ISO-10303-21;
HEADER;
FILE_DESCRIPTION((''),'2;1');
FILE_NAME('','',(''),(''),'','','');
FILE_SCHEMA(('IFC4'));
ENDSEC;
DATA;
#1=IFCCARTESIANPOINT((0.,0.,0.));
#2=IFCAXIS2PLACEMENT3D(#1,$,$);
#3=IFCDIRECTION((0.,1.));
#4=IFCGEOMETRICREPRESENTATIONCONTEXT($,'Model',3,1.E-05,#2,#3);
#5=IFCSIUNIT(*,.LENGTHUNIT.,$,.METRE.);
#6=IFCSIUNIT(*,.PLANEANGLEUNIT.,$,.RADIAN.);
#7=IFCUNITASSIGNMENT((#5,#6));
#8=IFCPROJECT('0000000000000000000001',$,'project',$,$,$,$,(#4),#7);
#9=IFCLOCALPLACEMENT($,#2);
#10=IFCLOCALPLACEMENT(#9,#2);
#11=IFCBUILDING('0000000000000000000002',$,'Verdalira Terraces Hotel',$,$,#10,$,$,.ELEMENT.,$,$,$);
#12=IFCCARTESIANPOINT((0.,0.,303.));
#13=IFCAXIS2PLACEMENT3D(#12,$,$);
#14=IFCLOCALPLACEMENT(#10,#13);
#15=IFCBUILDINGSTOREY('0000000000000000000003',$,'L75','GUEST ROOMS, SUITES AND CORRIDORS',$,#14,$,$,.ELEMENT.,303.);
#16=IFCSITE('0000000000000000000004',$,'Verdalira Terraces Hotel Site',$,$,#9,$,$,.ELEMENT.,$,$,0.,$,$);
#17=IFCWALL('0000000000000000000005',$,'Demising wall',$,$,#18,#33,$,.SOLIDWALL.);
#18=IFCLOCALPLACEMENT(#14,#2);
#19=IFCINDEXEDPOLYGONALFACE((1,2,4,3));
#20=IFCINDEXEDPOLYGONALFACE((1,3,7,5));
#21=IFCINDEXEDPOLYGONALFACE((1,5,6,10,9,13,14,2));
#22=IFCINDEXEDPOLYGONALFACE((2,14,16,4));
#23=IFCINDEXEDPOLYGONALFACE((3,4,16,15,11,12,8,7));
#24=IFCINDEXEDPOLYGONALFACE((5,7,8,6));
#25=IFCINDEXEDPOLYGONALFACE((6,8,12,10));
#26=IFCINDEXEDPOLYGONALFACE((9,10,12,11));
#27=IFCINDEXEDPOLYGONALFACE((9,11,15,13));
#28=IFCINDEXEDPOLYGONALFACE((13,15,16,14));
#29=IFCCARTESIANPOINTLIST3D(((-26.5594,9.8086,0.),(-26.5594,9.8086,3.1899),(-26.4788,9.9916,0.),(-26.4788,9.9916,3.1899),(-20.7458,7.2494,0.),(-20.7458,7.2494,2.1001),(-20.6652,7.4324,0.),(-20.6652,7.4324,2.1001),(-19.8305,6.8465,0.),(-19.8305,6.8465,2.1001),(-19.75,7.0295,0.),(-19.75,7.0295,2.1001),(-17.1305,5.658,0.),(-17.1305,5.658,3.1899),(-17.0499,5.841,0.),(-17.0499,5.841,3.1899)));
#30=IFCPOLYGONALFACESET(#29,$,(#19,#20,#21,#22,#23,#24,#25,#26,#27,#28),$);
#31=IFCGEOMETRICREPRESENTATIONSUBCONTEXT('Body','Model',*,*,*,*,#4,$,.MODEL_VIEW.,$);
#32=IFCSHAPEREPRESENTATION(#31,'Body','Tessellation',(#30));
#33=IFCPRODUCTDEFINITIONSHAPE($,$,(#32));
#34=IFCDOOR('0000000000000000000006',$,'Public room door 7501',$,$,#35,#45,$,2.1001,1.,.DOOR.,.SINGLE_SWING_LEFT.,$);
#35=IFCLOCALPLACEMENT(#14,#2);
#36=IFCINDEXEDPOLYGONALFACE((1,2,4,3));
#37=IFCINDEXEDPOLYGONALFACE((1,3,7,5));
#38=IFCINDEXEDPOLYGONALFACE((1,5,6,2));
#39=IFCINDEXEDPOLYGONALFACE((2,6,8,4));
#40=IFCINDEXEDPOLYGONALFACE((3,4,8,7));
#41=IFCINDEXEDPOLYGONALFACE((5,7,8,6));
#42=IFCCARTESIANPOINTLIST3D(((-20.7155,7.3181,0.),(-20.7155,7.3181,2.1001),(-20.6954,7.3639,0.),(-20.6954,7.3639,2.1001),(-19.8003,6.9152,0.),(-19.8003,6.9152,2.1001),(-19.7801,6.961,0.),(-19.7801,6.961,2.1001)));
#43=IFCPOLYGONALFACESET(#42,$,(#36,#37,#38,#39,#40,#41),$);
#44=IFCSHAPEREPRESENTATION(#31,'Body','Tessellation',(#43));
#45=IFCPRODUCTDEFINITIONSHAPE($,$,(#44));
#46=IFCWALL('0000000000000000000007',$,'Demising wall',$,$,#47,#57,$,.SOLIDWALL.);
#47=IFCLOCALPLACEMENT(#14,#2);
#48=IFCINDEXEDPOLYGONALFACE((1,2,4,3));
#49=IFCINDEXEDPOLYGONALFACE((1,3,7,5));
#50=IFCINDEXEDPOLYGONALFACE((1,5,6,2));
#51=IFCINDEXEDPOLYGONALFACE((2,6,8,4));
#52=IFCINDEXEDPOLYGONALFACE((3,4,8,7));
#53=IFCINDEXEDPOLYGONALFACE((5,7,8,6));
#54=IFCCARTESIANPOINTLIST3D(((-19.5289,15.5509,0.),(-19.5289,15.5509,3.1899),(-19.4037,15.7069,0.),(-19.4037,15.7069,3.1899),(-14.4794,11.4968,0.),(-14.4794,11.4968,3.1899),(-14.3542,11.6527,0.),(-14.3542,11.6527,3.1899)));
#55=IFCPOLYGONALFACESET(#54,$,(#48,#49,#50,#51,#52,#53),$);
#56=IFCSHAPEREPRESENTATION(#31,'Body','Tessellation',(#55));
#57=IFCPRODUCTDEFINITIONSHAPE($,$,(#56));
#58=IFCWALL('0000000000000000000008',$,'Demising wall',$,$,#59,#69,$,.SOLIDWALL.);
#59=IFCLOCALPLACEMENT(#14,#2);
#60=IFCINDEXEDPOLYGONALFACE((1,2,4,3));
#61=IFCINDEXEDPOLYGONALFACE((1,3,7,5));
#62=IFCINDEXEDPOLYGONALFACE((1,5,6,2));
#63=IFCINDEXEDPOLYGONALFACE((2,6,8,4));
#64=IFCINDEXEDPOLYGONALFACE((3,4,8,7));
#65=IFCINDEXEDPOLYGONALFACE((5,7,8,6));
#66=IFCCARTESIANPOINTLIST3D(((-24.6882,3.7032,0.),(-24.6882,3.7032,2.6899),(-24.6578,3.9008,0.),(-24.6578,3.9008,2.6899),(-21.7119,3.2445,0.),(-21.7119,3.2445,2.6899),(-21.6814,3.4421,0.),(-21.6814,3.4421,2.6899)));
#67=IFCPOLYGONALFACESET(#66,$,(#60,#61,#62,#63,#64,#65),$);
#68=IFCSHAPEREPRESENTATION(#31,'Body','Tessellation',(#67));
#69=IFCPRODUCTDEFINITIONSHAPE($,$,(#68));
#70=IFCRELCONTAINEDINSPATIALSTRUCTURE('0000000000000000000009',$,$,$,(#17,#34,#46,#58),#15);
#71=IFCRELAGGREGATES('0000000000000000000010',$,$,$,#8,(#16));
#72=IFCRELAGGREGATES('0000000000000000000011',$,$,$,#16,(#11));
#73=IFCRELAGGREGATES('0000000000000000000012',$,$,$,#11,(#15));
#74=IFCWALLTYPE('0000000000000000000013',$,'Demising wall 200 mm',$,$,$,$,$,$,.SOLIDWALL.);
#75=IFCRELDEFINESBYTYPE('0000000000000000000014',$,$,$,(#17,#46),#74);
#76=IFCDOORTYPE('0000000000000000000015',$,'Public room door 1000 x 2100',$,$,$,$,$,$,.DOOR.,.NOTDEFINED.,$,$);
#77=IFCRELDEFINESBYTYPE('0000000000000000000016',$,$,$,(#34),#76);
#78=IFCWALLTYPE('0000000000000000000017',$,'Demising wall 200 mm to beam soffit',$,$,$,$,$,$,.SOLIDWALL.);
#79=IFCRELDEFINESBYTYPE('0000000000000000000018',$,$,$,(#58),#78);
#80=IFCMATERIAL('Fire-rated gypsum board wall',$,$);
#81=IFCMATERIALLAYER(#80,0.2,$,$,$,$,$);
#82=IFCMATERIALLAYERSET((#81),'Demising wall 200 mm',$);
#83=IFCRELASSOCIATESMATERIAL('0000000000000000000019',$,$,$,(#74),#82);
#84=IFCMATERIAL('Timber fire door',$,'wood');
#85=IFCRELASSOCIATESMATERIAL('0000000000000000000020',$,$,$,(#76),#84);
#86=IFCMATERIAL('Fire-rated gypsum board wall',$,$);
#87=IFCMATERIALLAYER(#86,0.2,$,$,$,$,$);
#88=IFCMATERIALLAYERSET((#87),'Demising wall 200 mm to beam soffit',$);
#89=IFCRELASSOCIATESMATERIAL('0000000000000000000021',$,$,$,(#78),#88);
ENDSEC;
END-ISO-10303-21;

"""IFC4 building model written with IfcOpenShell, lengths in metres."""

from ifc_helpers import new_model, si_unit, direction, frame, frame_2d, origin, place, context, subcontext, project, spatial, rectangle, extrude, material, layer, layer_set, type_object, element, fill, save


model = new_model("IFC4")

# Units and contexts
model_context = context("Model", 3, precision=1e-05, world=origin(), true_north=direction((0.0, 1.0)))
body_context = subcontext(model_context, "Body", "Model", "MODEL_VIEW")
ifc_project = project(units=[si_unit("LENGTHUNIT", "METRE"), si_unit("PLANEANGLEUNIT", "RADIAN")], contexts=[model_context])

# Site, building, storey
site_placement = place(None, origin())
site = spatial("IfcSite", under=ifc_project, at=site_placement, Name="Verdalira Terraces Hotel Site", CompositionType="ELEMENT", RefElevation=0.0)
building_placement = place(site_placement, origin())
building = spatial("IfcBuilding", under=site, at=building_placement, Name="Verdalira Terraces Hotel", CompositionType="ELEMENT")
storey_placement = place(building_placement, frame((0.0, 0.0, 303.0)))
storey = spatial("IfcBuildingStorey", under=building, at=storey_placement, Name="L75", Description="GUEST ROOMS, SUITES AND CORRIDORS", CompositionType="ELEMENT", Elevation=303.0)

# Wall, opening, door
ifc_material_1 = material(Name="Fire-rated gypsum board wall")
ifc_layer_1 = layer(ifc_material_1, 0.2)
ifc_layer_set_1 = layer_set([ifc_layer_1], Name="Demising wall 200 mm")
wall_type_1 = type_object("IfcWallType", Name="Demising wall 200 mm", PredefinedType="SOLIDWALL", material=ifc_layer_set_1)
wall_1_placement = place(storey_placement, frame((-17.0903, 5.7495, 0.0), z_axis=(0.0, 0.0, 1.0), x_axis=(-0.915247, 0.402893, 0.0)))
wall_1 = element("IfcWall", 1, at=wall_1_placement, inside=storey, type_object=wall_type_1, Name="Demising wall", PredefinedType="SOLIDWALL", context=body_context, shape_type="SweptSolid", body=[
    extrude(rectangle(XDim=10.302, YDim=0.2, at=frame_2d((5.1509, 0.0))), origin(), (0.0, 0.0, 1.0), 3.1899),
])
opening_1_placement = place(wall_1_placement, frame((2.95, 0.0, 0.0)))
opening_1 = element("IfcOpeningElement", 2, at=opening_1_placement, cuts=wall_1, PredefinedType="OPENING", context=body_context, shape_type="SweptSolid", body=[
    extrude(rectangle(XDim=1.0, YDim=2.1001, at=frame_2d((0.5, 1.05))), frame((0.0, 0.1099, 0.0), z_axis=(0.0, -1.0, 0.0), x_axis=(1.0, 0.0, 0.0)), (0.0, 0.0, 1.0), 0.22),
])
ifc_material_2 = material(Name="Timber fire door", Category="wood")
door_type_1 = type_object("IfcDoorType", Name="Public room door 1000 x 2100", OperationType="NOTDEFINED", PredefinedType="DOOR", material=ifc_material_2)
door_1_placement = place(opening_1_placement, origin())
door_1 = element("IfcDoor", 3, at=door_1_placement, inside=storey, type_object=door_type_1, Name="Public room door 7501", OperationType="SINGLE_SWING_LEFT", OverallHeight=2.1001, OverallWidth=1.0, PredefinedType="DOOR", context=body_context, shape_type="SweptSolid", body=[
    extrude(rectangle(XDim=1.0, YDim=2.1001, at=frame_2d((0.5, 1.05))), frame((0.0, 0.0249, 0.0), z_axis=(0.0, -1.0, 0.0), x_axis=(1.0, 0.0, 0.0)), (0.0, 0.0, 1.0), 0.05),
])
fill(opening_1, door_1)

# Walls
wall_2_placement = place(storey_placement, frame((-19.4663, 15.6289, 0.0), z_axis=(0.0, 0.0, 1.0), x_axis=(0.779772, -0.626064, 0.0)))
element("IfcWall", 4, at=wall_2_placement, inside=storey, type_object=wall_type_1, Name="Demising wall", PredefinedType="SOLIDWALL", context=body_context, shape_type="SweptSolid", body=[
    extrude(rectangle(XDim=6.4756, YDim=0.2, at=frame_2d((3.2378, 0.0))), origin(), (0.0, 0.0, 1.0), 3.1899),
])
ifc_material_3 = material(Name="Fire-rated gypsum board wall")
ifc_layer_2 = layer(ifc_material_3, 0.2)
ifc_layer_set_2 = layer_set([ifc_layer_2], Name="Demising wall 200 mm to beam soffit")
wall_type_2 = type_object("IfcWallType", Name="Demising wall 200 mm to beam soffit", PredefinedType="SOLIDWALL", material=ifc_layer_set_2)
wall_3_placement = place(storey_placement, frame((-21.6965, 3.3433, 0.0), z_axis=(0.0, 0.0, 1.0), x_axis=(-0.988329, 0.152331, 0.0)))
element("IfcWall", 5, at=wall_3_placement, inside=storey, type_object=wall_type_2, Name="Demising wall", PredefinedType="SOLIDWALL", context=body_context, shape_type="SweptSolid", body=[
    extrude(rectangle(XDim=3.0115, YDim=0.2, at=frame_2d((1.5059, 0.0))), origin(), (0.0, 0.0, 1.0), 2.6899),
])

save(model, "model.ifc")
